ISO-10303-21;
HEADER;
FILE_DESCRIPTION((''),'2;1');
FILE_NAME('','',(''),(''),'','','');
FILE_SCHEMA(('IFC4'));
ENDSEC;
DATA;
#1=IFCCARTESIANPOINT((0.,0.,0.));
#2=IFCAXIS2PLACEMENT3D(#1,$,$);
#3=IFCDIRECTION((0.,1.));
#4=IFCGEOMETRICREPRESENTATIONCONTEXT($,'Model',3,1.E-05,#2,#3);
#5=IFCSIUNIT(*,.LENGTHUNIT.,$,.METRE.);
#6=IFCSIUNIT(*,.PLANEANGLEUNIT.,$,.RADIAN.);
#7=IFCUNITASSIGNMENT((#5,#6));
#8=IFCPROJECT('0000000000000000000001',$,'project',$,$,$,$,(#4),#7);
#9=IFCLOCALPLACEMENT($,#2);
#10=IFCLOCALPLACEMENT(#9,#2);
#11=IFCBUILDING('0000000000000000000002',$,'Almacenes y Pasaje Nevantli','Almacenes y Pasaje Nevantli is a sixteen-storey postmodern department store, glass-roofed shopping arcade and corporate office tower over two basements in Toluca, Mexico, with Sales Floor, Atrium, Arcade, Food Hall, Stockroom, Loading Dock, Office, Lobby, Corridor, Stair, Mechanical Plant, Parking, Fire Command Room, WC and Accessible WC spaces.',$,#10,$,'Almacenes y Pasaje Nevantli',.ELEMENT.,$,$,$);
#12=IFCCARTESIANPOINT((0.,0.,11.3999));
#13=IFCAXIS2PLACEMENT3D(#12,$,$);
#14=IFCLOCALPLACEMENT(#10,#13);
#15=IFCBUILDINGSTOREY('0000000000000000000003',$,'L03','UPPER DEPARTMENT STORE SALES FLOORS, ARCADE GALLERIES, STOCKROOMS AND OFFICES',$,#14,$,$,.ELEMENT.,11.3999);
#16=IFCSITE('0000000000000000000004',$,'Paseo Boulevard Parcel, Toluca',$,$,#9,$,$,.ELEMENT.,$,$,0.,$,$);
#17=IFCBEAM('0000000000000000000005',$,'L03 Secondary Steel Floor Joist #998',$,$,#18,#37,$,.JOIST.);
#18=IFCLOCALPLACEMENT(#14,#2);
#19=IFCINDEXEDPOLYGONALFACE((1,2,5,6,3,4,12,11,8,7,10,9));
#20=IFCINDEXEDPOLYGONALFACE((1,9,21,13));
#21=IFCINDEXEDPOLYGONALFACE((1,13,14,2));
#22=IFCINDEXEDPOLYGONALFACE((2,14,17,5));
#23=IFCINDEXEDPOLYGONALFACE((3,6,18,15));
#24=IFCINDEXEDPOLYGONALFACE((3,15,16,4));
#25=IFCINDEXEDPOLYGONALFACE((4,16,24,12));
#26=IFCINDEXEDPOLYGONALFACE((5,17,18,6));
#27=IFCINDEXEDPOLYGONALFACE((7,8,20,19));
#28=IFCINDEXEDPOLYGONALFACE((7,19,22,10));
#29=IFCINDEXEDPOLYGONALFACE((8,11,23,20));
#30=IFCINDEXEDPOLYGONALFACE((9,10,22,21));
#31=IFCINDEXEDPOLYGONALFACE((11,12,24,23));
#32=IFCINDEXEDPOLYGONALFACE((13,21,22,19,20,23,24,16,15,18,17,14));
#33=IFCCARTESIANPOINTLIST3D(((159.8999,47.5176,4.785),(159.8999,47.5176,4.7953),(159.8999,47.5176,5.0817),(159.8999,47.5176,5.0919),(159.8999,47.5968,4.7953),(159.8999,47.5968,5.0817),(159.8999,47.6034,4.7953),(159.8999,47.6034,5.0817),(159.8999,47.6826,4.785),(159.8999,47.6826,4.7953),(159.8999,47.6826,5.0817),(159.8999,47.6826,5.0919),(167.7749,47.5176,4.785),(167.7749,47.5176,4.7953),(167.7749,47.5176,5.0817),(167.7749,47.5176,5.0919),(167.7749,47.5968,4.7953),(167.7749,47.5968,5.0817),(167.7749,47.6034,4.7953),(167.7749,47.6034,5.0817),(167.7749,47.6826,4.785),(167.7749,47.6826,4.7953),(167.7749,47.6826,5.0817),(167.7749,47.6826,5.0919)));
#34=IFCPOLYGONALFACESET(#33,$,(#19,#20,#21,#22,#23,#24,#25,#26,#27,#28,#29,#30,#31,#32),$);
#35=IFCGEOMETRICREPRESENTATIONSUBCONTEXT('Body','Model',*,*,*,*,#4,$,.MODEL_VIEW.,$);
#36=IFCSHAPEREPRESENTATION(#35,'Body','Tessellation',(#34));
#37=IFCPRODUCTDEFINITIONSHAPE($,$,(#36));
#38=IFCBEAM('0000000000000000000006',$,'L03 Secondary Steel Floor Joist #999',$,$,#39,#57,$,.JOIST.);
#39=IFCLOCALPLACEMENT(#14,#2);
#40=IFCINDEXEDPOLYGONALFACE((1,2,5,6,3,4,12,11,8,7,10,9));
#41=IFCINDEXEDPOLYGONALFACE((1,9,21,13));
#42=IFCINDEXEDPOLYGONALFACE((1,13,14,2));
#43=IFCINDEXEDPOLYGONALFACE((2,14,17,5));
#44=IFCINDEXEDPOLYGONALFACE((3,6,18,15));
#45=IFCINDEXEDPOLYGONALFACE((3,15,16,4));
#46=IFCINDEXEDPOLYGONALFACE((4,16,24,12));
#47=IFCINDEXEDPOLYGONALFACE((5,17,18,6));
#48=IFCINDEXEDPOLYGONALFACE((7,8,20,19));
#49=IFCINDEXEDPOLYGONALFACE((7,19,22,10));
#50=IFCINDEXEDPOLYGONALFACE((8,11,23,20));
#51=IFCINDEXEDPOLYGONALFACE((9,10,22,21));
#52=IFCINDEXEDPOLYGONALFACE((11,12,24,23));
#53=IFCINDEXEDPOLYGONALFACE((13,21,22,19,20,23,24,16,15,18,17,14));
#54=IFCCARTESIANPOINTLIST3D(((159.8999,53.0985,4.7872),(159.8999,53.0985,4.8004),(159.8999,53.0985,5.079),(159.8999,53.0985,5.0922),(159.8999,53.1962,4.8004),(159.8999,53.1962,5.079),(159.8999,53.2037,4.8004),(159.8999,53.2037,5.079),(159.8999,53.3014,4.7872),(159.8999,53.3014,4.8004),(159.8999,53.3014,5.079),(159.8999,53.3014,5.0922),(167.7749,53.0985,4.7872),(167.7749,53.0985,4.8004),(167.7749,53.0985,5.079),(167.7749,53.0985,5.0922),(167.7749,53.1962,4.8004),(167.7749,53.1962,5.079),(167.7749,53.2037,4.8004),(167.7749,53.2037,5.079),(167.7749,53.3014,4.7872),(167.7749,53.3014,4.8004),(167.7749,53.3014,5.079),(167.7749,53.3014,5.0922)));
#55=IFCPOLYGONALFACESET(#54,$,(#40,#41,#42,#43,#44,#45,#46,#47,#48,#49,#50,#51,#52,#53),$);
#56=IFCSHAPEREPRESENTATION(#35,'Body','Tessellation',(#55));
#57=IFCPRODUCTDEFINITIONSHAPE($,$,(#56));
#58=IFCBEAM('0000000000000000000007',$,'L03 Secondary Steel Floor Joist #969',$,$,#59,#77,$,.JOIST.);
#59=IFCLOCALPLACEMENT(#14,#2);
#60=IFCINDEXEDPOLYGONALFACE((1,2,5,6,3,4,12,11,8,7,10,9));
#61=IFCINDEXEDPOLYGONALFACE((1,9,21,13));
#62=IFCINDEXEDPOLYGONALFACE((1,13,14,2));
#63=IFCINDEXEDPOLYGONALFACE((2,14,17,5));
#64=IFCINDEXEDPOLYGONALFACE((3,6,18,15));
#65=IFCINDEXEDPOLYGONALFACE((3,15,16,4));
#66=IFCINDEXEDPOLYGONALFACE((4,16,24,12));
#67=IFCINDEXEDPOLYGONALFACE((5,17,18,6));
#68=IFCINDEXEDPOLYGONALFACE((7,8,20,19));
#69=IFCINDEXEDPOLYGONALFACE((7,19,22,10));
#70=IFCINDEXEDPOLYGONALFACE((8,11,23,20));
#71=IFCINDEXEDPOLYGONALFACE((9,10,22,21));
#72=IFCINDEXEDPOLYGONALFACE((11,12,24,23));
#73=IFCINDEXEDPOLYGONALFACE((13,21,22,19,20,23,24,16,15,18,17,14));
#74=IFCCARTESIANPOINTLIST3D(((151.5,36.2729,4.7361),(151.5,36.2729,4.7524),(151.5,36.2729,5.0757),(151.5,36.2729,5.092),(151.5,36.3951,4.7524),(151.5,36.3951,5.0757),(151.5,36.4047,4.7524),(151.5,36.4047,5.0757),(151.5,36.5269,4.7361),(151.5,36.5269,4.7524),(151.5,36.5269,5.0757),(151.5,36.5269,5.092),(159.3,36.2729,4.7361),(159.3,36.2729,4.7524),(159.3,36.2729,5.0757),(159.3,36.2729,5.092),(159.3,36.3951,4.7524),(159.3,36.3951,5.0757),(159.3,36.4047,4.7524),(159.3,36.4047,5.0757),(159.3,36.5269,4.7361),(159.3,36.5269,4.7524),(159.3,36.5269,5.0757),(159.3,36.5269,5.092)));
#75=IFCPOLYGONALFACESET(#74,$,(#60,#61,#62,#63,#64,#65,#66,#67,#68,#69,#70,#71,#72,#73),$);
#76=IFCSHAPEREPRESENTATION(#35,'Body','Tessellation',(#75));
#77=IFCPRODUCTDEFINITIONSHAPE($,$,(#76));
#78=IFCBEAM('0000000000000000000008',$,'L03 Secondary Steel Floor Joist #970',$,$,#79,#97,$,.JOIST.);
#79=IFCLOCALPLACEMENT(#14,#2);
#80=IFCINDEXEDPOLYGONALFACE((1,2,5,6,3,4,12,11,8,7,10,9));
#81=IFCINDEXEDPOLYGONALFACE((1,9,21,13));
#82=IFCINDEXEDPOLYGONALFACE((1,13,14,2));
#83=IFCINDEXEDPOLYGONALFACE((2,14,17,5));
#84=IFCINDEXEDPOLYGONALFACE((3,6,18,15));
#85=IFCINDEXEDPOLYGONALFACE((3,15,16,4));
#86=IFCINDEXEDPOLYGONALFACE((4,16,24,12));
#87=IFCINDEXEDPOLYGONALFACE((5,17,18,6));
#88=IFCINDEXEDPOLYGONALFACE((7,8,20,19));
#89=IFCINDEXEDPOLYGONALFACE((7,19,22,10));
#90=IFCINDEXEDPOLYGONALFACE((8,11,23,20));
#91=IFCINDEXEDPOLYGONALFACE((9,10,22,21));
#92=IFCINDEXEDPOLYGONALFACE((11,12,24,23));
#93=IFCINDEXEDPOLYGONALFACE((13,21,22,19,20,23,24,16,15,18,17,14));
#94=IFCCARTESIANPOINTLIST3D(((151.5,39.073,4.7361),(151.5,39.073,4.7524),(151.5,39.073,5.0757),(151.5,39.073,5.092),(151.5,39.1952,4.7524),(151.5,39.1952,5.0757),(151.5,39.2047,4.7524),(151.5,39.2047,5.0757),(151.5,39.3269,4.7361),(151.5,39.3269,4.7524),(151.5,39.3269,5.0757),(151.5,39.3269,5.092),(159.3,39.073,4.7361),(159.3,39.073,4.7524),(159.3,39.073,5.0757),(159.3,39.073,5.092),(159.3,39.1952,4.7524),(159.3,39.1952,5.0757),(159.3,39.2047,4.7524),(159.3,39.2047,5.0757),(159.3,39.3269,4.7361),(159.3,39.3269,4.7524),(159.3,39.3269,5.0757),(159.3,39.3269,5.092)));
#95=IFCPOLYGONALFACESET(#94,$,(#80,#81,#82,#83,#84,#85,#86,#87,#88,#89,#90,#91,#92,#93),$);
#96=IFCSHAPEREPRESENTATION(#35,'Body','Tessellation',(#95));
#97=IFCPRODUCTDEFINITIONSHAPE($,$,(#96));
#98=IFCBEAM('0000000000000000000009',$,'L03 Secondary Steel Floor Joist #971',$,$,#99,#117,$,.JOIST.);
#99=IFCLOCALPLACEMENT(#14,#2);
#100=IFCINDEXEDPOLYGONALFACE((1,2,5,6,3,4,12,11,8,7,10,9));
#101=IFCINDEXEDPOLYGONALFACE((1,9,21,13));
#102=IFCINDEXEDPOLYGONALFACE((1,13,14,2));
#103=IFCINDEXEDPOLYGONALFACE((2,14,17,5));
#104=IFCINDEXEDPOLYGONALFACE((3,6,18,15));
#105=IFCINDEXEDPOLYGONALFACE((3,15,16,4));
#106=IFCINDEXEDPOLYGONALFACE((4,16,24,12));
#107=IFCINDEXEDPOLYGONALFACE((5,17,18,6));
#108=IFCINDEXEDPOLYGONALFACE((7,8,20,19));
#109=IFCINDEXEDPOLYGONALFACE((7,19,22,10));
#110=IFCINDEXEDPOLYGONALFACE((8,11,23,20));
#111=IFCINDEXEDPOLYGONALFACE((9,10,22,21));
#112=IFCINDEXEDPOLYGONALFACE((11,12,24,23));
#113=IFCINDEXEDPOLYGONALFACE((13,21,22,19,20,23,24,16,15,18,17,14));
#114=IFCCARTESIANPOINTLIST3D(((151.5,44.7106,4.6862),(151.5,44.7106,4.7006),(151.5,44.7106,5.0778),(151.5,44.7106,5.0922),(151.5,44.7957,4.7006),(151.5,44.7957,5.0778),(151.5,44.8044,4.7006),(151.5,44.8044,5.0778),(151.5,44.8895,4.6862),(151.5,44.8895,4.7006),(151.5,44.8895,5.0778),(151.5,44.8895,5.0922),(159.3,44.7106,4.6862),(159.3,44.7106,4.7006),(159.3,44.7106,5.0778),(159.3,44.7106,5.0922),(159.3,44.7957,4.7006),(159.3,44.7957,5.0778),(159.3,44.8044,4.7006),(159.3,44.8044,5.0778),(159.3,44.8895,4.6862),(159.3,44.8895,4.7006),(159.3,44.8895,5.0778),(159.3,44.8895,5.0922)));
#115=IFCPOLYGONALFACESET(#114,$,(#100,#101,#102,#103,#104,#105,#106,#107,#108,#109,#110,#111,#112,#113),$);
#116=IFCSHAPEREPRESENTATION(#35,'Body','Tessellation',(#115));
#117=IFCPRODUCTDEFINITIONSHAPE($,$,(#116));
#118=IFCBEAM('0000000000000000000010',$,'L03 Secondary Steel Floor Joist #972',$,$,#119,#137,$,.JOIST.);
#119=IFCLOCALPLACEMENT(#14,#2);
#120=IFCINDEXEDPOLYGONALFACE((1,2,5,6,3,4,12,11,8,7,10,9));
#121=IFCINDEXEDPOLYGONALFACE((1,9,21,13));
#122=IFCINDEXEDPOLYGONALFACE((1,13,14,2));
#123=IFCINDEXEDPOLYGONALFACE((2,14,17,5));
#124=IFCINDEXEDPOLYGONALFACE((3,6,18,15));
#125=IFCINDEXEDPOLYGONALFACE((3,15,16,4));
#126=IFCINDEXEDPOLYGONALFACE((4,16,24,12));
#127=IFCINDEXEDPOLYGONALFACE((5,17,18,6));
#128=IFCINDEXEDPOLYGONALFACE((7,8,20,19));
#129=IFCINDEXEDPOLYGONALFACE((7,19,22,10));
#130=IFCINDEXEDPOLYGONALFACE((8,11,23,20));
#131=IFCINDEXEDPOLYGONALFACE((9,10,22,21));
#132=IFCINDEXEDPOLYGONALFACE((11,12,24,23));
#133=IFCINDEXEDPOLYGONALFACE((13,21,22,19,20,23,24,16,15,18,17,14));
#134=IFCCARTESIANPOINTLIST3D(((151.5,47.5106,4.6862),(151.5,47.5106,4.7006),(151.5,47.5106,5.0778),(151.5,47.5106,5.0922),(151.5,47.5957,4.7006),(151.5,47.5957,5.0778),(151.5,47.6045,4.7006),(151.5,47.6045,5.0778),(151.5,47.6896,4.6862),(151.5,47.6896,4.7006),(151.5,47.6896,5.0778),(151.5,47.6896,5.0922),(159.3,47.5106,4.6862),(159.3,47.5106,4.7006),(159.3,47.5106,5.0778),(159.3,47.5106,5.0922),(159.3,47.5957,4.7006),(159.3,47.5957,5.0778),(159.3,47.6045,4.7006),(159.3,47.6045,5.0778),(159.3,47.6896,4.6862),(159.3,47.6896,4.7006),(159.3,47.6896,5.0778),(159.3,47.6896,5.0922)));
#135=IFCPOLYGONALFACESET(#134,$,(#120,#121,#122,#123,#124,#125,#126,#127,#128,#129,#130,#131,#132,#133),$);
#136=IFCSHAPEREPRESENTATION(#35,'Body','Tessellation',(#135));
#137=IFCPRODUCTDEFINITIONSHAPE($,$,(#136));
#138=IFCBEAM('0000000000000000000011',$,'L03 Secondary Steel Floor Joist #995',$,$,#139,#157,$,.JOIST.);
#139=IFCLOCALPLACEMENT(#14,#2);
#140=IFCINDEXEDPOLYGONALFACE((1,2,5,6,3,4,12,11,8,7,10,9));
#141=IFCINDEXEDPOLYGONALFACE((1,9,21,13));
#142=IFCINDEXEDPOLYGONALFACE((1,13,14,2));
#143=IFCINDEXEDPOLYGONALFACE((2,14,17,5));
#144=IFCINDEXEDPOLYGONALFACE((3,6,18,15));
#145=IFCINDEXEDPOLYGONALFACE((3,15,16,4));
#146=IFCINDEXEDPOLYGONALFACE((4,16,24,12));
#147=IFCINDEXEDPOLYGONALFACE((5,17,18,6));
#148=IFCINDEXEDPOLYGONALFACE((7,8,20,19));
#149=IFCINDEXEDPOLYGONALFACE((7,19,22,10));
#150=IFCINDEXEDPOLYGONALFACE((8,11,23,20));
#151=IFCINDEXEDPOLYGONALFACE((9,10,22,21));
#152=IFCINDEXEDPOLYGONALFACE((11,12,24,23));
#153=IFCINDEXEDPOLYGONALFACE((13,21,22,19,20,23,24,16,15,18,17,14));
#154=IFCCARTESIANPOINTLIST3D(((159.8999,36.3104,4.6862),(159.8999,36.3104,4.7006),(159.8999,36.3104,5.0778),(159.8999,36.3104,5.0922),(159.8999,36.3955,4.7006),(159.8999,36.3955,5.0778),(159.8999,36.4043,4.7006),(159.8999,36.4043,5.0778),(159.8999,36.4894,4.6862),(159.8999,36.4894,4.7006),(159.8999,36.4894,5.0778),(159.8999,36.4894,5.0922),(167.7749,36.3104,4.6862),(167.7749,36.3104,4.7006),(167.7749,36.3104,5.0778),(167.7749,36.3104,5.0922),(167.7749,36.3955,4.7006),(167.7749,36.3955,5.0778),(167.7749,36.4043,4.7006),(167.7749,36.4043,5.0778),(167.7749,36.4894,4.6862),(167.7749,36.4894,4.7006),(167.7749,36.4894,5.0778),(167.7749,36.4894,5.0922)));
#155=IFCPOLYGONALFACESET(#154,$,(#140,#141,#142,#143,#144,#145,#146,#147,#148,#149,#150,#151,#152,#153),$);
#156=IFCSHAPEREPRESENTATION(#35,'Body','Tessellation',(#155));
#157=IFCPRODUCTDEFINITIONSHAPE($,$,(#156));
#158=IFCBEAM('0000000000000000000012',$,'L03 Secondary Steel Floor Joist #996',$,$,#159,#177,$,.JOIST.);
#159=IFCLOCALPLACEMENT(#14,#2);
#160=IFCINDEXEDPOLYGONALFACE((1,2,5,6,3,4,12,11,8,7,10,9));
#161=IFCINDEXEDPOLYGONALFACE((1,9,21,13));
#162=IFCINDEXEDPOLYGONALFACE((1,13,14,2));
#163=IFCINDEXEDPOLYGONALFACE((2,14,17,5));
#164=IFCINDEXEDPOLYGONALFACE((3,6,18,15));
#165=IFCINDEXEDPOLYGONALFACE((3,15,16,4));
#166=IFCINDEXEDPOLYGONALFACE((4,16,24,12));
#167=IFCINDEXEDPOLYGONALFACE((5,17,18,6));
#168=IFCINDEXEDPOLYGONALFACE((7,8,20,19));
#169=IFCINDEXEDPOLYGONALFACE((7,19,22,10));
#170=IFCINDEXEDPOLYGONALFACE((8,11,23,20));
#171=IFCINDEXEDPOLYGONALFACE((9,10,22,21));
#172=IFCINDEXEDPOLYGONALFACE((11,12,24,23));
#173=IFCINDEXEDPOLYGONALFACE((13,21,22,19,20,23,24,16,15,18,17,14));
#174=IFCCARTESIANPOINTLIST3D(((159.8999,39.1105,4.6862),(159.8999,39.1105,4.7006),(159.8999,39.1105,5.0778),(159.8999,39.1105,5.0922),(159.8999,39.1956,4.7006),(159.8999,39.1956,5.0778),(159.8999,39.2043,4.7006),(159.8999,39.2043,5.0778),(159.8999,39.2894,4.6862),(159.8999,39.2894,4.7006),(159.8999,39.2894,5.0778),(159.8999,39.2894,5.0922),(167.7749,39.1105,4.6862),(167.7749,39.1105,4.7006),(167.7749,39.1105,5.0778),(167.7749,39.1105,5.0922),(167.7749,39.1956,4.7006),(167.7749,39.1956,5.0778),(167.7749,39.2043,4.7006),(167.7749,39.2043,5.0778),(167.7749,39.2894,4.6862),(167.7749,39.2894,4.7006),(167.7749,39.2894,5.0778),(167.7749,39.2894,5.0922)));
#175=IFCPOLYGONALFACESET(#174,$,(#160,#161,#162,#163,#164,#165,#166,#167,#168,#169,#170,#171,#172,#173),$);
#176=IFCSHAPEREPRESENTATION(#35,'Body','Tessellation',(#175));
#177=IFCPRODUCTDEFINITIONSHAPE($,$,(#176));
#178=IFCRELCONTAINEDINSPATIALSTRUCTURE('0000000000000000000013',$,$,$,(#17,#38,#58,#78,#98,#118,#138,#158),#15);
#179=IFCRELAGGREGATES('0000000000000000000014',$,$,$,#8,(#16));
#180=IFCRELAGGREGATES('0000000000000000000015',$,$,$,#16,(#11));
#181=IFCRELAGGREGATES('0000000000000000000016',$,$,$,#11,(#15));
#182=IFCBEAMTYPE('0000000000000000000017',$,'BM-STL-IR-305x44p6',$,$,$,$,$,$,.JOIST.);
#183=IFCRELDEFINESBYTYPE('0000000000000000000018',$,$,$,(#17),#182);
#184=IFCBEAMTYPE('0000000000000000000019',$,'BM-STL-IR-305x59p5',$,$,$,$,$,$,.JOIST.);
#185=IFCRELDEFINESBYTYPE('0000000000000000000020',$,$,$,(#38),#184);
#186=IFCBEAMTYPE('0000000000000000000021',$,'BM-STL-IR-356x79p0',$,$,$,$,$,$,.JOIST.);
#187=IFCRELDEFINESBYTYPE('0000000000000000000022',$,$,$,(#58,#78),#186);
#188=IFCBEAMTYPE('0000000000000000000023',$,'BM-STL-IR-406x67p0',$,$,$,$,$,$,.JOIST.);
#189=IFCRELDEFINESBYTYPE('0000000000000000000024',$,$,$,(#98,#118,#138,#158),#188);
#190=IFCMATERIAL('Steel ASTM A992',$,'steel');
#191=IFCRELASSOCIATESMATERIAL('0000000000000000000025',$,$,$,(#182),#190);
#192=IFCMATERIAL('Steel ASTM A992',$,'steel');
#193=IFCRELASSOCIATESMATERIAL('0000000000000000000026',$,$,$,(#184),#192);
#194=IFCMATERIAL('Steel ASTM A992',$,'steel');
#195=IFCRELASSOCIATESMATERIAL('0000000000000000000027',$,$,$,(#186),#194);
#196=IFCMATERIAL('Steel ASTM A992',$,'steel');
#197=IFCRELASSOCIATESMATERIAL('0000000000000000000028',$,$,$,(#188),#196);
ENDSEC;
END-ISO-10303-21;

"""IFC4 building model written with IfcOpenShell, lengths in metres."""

from ifc_helpers import new_model, si_unit, direction, frame, origin, origin_2d, place, context, subcontext, project, spatial, i_section, extrude, material, material_profile, profile_set, type_object, element, save


model = new_model("IFC4")

# Units and contexts
model_context = context("Model", 3, precision=1e-05, world=origin(), true_north=direction((0.0, 1.0)))
body_context = subcontext(model_context, "Body", "Model", "MODEL_VIEW")
ifc_project = project(units=[si_unit("LENGTHUNIT", "METRE"), si_unit("PLANEANGLEUNIT", "RADIAN")], contexts=[model_context])

# Site, building, storey
site_placement = place(None, origin())
site = spatial("IfcSite", under=ifc_project, at=site_placement, Name="Paseo Boulevard Parcel, Toluca", CompositionType="ELEMENT", RefElevation=0.0)
building_placement = place(site_placement, origin())
building = spatial("IfcBuilding", under=site, at=building_placement, Name="Almacenes y Pasaje Nevantli", Description="Almacenes y Pasaje Nevantli is a sixteen-storey postmodern department store, glass-roofed shopping arcade and corporate office tower over two basements in Toluca, Mexico, with Sales Floor, Atrium, Arcade, Food Hall, Stockroom, Loading Dock, Office, Lobby, Corridor, Stair, Mechanical Plant, Parking, Fire Command Room, WC and Accessible WC spaces.", LongName="Almacenes y Pasaje Nevantli", CompositionType="ELEMENT")
storey_placement = place(building_placement, frame((0.0, 0.0, 11.3999)))
storey = spatial("IfcBuildingStorey", under=building, at=storey_placement, Name="L03", Description="UPPER DEPARTMENT STORE SALES FLOORS, ARCADE GALLERIES, STOCKROOMS AND OFFICES", CompositionType="ELEMENT", Elevation=11.3999)

# Beams
ifc_material_1 = material(Name="Steel ASTM A992", Category="steel")
ifc_material_profile_1 = material_profile(ifc_material_1, i_section(OverallWidth=0.165, OverallDepth=0.3069, WebThickness=0.0066, FlangeThickness=0.0103, at=origin_2d()), Name="IR 305x44.6")
ifc_profile_set_1 = profile_set([ifc_material_profile_1], Name="Steel ASTM A992")
beam_type_1 = type_object("IfcBeamType", Name="BM-STL-IR-305x44p6", PredefinedType="JOIST", material=ifc_profile_set_1)
for number, where, z_axis, x_axis, name in (
    (1, (159.8999, 47.6001, 4.9385), (1.0, 0.0, 0.0), (0.0, 1.0, 0.0), "L03 Secondary Steel Floor Joist #998"),
):
    element("IfcBeam", number, at=place(storey_placement, frame(where, z_axis=z_axis, x_axis=x_axis)), inside=storey, type_object=beam_type_1, Name=name, PredefinedType="JOIST", context=body_context, shape_type="SweptSolid", body=[
        extrude(i_section(OverallWidth=0.165, OverallDepth=0.3069, WebThickness=0.0066, FlangeThickness=0.0103, at=origin_2d()), origin(), (0.0, 0.0, 1.0), 7.875),
    ])
ifc_material_2 = material(Name="Steel ASTM A992", Category="steel")
ifc_material_profile_2 = material_profile(ifc_material_2, i_section(OverallWidth=0.2029, OverallDepth=0.3049, WebThickness=0.0076, FlangeThickness=0.0132, at=origin_2d()), Name="IR 305x59.5")
ifc_profile_set_2 = profile_set([ifc_material_profile_2], Name="Steel ASTM A992")
beam_type_2 = type_object("IfcBeamType", Name="BM-STL-IR-305x59p5", PredefinedType="JOIST", material=ifc_profile_set_2)
beam_1_placement = place(storey_placement, frame((159.8999, 53.2, 4.9397), z_axis=(1.0, 0.0, 0.0), x_axis=(0.0, 1.0, 0.0)))
element("IfcBeam", 2, at=beam_1_placement, inside=storey, type_object=beam_type_2, Name="L03 Secondary Steel Floor Joist #999", PredefinedType="JOIST", context=body_context, shape_type="SweptSolid", body=[
    extrude(i_section(OverallWidth=0.2029, OverallDepth=0.3049, WebThickness=0.0076, FlangeThickness=0.0132, at=origin_2d()), origin(), (0.0, 0.0, 1.0), 7.875),
])
ifc_material_3 = material(Name="Steel ASTM A992", Category="steel")
ifc_material_profile_3 = material_profile(ifc_material_3, i_section(OverallWidth=0.2539, OverallDepth=0.356, WebThickness=0.0095, FlangeThickness=0.0164, at=origin_2d()), Name="IR 356x79.0")
ifc_profile_set_3 = profile_set([ifc_material_profile_3], Name="Steel ASTM A992")
beam_type_3 = type_object("IfcBeamType", Name="BM-STL-IR-356x79p0", PredefinedType="JOIST", material=ifc_profile_set_3)
for number, where, z_axis, x_axis, name in (
    (3, (151.5, 36.3999, 4.9141), (1.0, 0.0, 0.0), (0.0, 1.0, 0.0), "L03 Secondary Steel Floor Joist #969"),
    (4, (151.5, 39.2, 4.9141), (1.0, 0.0, 0.0), (0.0, 1.0, 0.0), "L03 Secondary Steel Floor Joist #970"),
):
    element("IfcBeam", number, at=place(storey_placement, frame(where, z_axis=z_axis, x_axis=x_axis)), inside=storey, type_object=beam_type_3, Name=name, PredefinedType="JOIST", context=body_context, shape_type="SweptSolid", body=[
        extrude(i_section(OverallWidth=0.2539, OverallDepth=0.356, WebThickness=0.0095, FlangeThickness=0.0164, at=origin_2d()), origin(), (0.0, 0.0, 1.0), 7.8),
    ])
ifc_material_4 = material(Name="Steel ASTM A992", Category="steel")
ifc_material_profile_4 = material_profile(ifc_material_4, i_section(OverallWidth=0.179, OverallDepth=0.406, WebThickness=0.0088, FlangeThickness=0.0144, at=origin_2d()), Name="IR 406x67.0")
ifc_profile_set_4 = profile_set([ifc_material_profile_4], Name="Steel ASTM A992")
beam_type_4 = type_object("IfcBeamType", Name="BM-STL-IR-406x67p0", PredefinedType="JOIST", material=ifc_profile_set_4)
for number, where, z_axis, x_axis, name in (
    (5, (151.5, 44.8, 4.8892), (1.0, 0.0, 0.0), (0.0, 1.0, 0.0), "L03 Secondary Steel Floor Joist #971"),
    (6, (151.5, 47.6001, 4.8892), (1.0, 0.0, 0.0), (0.0, 1.0, 0.0), "L03 Secondary Steel Floor Joist #972"),
):
    element("IfcBeam", number, at=place(storey_placement, frame(where, z_axis=z_axis, x_axis=x_axis)), inside=storey, type_object=beam_type_4, Name=name, PredefinedType="JOIST", context=body_context, shape_type="SweptSolid", body=[
        extrude(i_section(OverallWidth=0.179, OverallDepth=0.406, WebThickness=0.0088, FlangeThickness=0.0144, at=origin_2d()), origin(), (0.0, 0.0, 1.0), 7.8),
    ])
for number, where, z_axis, x_axis, name in (
    (7, (159.8999, 36.3999, 4.8892), (1.0, 0.0, 0.0), (0.0, 1.0, 0.0), "L03 Secondary Steel Floor Joist #995"),
    (8, (159.8999, 39.2, 4.8892), (1.0, 0.0, 0.0), (0.0, 1.0, 0.0), "L03 Secondary Steel Floor Joist #996"),
):
    element("IfcBeam", number, at=place(storey_placement, frame(where, z_axis=z_axis, x_axis=x_axis)), inside=storey, type_object=beam_type_4, Name=name, PredefinedType="JOIST", context=body_context, shape_type="SweptSolid", body=[
        extrude(i_section(OverallWidth=0.179, OverallDepth=0.406, WebThickness=0.0088, FlangeThickness=0.0144, at=origin_2d()), origin(), (0.0, 0.0, 1.0), 7.875),
    ])

save(model, "model.ifc")
